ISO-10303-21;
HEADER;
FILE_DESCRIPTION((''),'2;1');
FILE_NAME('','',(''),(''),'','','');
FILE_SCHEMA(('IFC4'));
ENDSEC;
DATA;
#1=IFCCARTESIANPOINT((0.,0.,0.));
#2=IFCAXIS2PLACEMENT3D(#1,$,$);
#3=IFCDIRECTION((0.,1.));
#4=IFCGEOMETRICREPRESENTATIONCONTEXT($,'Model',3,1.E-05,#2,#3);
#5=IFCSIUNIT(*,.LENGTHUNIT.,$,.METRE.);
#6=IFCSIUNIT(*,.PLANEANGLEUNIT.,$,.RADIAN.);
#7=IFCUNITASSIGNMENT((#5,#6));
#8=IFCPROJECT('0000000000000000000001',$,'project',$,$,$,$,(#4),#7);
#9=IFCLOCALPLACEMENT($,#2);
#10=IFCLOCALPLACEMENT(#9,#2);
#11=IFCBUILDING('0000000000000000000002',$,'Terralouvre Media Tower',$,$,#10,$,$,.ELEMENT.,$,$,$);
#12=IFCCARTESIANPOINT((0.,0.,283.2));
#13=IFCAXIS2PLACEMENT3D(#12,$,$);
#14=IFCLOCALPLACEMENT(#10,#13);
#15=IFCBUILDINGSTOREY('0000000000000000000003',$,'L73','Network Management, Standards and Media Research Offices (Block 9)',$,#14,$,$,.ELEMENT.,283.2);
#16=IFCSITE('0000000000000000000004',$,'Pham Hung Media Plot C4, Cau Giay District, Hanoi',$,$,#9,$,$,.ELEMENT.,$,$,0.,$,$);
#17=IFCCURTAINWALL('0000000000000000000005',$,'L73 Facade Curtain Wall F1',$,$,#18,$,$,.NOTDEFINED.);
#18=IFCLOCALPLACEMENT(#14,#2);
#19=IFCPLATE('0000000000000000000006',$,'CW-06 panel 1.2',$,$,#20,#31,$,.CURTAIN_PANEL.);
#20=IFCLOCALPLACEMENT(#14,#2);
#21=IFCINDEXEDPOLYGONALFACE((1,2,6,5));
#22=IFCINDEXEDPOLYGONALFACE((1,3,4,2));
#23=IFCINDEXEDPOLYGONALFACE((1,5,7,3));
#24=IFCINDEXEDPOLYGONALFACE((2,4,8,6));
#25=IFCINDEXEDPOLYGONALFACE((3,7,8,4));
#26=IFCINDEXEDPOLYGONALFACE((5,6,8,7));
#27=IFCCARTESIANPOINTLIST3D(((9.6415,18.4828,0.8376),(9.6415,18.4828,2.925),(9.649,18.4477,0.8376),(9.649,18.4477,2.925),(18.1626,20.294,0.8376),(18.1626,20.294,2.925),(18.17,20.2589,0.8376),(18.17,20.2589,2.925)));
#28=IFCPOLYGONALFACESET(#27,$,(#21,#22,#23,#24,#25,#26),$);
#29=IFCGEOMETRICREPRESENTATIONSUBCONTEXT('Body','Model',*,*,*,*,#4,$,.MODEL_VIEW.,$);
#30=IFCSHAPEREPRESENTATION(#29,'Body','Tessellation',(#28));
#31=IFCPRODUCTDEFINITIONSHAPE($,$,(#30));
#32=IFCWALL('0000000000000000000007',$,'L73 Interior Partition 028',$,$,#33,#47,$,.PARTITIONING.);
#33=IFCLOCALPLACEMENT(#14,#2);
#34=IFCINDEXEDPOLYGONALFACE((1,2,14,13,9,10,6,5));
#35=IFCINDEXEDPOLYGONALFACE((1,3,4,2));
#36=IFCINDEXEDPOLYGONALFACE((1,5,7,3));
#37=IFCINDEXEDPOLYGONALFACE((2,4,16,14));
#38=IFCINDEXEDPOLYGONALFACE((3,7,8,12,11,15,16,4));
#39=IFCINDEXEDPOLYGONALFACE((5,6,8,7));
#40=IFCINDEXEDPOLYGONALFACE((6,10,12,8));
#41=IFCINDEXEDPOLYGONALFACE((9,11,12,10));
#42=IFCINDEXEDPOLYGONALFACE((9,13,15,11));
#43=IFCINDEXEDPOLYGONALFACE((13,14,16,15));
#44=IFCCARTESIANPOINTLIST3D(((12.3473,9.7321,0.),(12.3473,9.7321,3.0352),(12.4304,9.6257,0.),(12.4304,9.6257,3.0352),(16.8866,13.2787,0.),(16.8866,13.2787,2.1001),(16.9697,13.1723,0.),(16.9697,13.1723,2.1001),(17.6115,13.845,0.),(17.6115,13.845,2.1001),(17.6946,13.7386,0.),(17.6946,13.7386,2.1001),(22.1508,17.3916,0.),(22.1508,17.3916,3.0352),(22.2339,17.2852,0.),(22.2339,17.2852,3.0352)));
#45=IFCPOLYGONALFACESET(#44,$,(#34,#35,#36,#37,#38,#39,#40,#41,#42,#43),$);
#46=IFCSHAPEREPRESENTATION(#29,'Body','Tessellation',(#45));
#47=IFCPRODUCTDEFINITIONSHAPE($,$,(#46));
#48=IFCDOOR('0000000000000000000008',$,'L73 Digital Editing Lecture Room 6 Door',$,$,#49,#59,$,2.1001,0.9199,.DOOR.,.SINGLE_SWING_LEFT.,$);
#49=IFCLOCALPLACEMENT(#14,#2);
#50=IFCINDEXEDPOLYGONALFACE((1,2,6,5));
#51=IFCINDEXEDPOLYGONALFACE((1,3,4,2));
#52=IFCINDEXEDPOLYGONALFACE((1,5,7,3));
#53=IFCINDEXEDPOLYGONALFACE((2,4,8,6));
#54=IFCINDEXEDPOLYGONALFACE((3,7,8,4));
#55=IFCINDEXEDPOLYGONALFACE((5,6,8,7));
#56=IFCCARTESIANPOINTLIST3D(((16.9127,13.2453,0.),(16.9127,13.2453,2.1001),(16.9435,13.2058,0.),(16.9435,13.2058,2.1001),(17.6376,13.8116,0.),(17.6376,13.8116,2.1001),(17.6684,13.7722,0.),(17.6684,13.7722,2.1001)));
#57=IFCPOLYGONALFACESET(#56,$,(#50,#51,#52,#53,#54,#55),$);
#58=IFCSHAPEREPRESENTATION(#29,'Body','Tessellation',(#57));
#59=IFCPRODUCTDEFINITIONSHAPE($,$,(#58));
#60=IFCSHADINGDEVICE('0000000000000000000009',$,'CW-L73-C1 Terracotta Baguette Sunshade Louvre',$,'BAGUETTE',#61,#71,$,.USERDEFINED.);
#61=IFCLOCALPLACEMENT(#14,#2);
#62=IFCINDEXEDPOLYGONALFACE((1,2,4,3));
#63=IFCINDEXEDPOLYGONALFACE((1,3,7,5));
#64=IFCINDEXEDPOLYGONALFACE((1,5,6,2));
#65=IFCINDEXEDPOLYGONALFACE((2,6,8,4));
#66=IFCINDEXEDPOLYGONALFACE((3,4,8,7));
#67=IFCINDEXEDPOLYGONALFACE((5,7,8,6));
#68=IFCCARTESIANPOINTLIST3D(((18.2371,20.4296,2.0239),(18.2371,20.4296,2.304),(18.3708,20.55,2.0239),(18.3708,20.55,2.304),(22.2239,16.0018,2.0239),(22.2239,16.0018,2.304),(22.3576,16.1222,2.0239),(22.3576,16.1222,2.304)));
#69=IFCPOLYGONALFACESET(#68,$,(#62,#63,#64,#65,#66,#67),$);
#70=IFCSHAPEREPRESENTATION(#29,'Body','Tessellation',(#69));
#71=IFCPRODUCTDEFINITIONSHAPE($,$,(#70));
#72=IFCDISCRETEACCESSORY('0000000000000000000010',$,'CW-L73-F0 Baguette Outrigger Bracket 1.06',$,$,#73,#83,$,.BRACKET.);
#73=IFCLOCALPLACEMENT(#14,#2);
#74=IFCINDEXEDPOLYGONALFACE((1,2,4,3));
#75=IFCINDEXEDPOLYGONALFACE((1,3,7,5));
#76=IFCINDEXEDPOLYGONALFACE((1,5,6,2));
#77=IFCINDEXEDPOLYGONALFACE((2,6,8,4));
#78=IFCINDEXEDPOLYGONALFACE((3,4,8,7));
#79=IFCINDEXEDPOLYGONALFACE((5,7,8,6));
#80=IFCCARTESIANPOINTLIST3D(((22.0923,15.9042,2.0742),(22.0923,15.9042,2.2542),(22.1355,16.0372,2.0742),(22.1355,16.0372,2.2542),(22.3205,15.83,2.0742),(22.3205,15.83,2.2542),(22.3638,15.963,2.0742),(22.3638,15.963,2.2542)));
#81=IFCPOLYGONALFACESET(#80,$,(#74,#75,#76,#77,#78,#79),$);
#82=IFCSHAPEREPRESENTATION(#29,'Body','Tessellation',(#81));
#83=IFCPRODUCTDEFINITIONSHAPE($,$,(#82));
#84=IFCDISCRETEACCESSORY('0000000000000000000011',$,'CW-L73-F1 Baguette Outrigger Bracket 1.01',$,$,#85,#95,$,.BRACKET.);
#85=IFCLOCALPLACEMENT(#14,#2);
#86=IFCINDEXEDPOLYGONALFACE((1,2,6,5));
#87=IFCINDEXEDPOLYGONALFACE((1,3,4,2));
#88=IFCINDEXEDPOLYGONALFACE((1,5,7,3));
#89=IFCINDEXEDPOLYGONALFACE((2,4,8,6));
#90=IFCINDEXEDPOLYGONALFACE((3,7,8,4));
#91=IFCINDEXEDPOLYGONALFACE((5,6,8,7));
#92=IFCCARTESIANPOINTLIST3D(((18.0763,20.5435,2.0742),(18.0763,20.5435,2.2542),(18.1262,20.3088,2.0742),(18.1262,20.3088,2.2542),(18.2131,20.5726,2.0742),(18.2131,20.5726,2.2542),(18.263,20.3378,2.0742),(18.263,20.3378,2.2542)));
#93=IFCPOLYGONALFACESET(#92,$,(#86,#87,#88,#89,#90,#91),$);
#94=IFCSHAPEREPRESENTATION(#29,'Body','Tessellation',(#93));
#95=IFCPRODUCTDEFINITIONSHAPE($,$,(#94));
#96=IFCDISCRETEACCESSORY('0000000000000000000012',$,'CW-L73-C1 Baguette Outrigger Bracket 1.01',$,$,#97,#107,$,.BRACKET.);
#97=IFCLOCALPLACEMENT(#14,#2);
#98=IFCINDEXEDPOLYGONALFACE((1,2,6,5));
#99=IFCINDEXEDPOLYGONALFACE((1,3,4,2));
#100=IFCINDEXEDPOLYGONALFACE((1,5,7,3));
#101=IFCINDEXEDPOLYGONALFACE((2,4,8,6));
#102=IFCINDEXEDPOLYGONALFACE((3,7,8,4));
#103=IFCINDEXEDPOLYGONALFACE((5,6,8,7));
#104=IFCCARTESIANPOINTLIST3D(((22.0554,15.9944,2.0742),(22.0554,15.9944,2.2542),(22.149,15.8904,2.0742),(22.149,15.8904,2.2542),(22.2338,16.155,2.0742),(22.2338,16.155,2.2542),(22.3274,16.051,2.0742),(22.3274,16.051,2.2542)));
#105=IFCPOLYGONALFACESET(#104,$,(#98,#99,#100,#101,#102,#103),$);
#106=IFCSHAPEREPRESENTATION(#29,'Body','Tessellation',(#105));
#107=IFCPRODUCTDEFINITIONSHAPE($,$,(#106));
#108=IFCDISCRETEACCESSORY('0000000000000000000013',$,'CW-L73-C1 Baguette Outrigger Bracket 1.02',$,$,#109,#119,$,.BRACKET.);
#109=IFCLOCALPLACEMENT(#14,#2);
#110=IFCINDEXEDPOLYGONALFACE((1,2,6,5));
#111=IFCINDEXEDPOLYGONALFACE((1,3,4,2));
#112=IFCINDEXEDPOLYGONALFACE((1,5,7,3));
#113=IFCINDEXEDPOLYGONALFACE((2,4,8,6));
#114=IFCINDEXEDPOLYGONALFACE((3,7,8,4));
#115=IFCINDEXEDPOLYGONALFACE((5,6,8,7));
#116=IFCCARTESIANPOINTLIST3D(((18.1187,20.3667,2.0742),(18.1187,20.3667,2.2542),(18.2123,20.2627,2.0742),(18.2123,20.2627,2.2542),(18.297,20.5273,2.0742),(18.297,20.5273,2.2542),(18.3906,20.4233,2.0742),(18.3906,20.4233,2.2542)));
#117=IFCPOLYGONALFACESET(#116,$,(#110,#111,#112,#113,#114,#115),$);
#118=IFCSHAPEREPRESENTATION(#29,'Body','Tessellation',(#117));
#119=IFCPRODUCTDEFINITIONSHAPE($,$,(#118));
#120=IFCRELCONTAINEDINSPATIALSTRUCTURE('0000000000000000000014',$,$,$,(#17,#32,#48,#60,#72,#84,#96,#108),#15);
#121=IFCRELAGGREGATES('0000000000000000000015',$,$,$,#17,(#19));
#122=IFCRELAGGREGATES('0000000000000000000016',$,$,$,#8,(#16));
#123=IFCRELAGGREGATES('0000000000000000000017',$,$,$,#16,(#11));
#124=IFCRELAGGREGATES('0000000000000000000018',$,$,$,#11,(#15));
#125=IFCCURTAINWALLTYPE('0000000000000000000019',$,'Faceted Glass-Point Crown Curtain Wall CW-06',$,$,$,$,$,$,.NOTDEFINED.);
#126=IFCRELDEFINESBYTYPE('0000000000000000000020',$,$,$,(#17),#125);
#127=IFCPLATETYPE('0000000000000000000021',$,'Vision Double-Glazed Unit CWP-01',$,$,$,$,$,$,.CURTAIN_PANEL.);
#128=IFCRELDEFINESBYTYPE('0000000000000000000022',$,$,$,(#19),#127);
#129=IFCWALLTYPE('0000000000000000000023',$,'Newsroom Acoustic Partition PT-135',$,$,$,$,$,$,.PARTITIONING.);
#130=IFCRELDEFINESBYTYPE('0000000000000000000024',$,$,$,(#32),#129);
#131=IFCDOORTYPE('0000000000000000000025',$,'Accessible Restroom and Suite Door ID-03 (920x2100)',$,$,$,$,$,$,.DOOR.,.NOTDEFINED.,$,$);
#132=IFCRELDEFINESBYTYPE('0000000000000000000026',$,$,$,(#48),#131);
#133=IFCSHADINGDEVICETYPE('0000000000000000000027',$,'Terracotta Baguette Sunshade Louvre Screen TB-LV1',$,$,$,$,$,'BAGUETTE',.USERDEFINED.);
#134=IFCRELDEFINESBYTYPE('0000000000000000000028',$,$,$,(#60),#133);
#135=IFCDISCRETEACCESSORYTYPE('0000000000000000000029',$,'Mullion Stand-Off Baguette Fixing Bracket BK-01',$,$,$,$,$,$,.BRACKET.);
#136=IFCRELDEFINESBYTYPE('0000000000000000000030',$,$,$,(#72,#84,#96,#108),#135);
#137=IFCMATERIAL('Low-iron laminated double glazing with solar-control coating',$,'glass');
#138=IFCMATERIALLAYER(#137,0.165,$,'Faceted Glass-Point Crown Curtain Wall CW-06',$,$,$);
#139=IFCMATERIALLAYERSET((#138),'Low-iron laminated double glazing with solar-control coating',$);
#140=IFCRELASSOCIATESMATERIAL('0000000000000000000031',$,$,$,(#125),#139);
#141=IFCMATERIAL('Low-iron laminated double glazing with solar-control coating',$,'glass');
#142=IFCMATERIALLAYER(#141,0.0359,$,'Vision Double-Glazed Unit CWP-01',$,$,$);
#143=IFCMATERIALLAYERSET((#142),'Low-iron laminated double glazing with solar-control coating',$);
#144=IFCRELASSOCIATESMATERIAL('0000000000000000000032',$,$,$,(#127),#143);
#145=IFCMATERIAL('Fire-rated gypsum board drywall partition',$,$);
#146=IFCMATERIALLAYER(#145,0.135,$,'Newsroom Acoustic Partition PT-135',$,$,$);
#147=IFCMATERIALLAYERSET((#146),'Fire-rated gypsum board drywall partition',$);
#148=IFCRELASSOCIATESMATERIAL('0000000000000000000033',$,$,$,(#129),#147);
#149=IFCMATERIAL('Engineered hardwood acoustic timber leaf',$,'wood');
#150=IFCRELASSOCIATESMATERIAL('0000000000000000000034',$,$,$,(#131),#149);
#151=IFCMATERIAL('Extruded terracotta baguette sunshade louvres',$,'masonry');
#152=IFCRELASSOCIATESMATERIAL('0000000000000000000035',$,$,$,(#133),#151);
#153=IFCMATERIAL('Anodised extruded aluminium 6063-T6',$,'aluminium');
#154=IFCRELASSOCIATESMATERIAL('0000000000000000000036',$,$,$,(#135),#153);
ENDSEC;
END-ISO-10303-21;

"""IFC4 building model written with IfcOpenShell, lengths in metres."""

from ifc_helpers import new_model, si_unit, direction, frame, frame_2d, origin, origin_2d, place, context, subcontext, project, spatial, rectangle, extrude, material, layer, layer_set, type_object, element, fill, aggregate, save


model = new_model("IFC4")

# Units and contexts
model_context = context("Model", 3, precision=1e-05, world=origin(), true_north=direction((0.0, 1.0)))
body_context = subcontext(model_context, "Body", "Model", "MODEL_VIEW")
ifc_project = project(units=[si_unit("LENGTHUNIT", "METRE"), si_unit("PLANEANGLEUNIT", "RADIAN")], contexts=[model_context])

# Site, building, storey
site_placement = place(None, origin())
site = spatial("IfcSite", under=ifc_project, at=site_placement, Name="Pham Hung Media Plot C4, Cau Giay District, Hanoi", CompositionType="ELEMENT", RefElevation=0.0)
building_placement = place(site_placement, origin())
building = spatial("IfcBuilding", under=site, at=building_placement, Name="Terralouvre Media Tower", CompositionType="ELEMENT")
storey_placement = place(building_placement, frame((0.0, 0.0, 283.2)))
storey = spatial("IfcBuildingStorey", under=building, at=storey_placement, Name="L73", Description="Network Management, Standards and Media Research Offices (Block 9)", CompositionType="ELEMENT", Elevation=283.2)

# Curtain wall
ifc_material_1 = material(Name="Low-iron laminated double glazing with solar-control coating", Category="glass")
ifc_layer_1 = layer(ifc_material_1, 0.165, Name="Faceted Glass-Point Crown Curtain Wall CW-06")
ifc_layer_set_1 = layer_set([ifc_layer_1], Name="Low-iron laminated double glazing with solar-control coating")
curtain_wall_type_1 = type_object("IfcCurtainWallType", Name="Faceted Glass-Point Crown Curtain Wall CW-06", PredefinedType="NOTDEFINED", material=ifc_layer_set_1)
curtain_wall_1_placement = place(storey_placement, origin())
curtain_wall_1 = element("IfcCurtainWall", 1, at=curtain_wall_1_placement, inside=storey, type_object=curtain_wall_type_1, Name="L73 Facade Curtain Wall F1", PredefinedType="NOTDEFINED")

# Plate
ifc_material_2 = material(Name="Low-iron laminated double glazing with solar-control coating", Category="glass")
ifc_layer_2 = layer(ifc_material_2, 0.0359, Name="Vision Double-Glazed Unit CWP-01")
ifc_layer_set_2 = layer_set([ifc_layer_2], Name="Low-iron laminated double glazing with solar-control coating")
plate_type_1 = type_object("IfcPlateType", Name="Vision Double-Glazed Unit CWP-01", PredefinedType="CURTAIN_PANEL", material=ifc_layer_set_2)
plate_1_placement = place(storey_placement, frame((13.9058, 19.3708, 0.8376), z_axis=(0.0, 0.0, 1.0), x_axis=(-0.978148, -0.207912, 0.0)))
plate_1 = element("IfcPlate", 2, at=plate_1_placement, type_object=plate_type_1, Name="CW-06 panel 1.2", PredefinedType="CURTAIN_PANEL", context=body_context, shape_type="SweptSolid", body=[
    extrude(rectangle(XDim=8.7114, YDim=0.0359, at=origin_2d()), origin(), (0.0, 0.0, 1.0), 2.0874),
])
aggregate(curtain_wall_1, [plate_1])

# Wall, opening, door
ifc_material_3 = material(Name="Fire-rated gypsum board drywall partition")
ifc_layer_3 = layer(ifc_material_3, 0.135, Name="Newsroom Acoustic Partition PT-135")
ifc_layer_set_3 = layer_set([ifc_layer_3], Name="Fire-rated gypsum board drywall partition")
wall_type = type_object("IfcWallType", Name="Newsroom Acoustic Partition PT-135", PredefinedType="PARTITIONING", material=ifc_layer_set_3)
wall_placement = place(storey_placement, frame((22.1924, 17.3384, 0.0), z_axis=(0.0, 0.0, 1.0), x_axis=(-0.788006, -0.615667, 0.0)))
wall = element("IfcWall", 3, at=wall_placement, inside=storey, type_object=wall_type, Name="L73 Interior Partition 028", PredefinedType="PARTITIONING", context=body_context, shape_type="SweptSolid", body=[
    extrude(rectangle(XDim=12.4409, YDim=0.135, at=frame_2d((6.2205, 0.0))), origin(), (0.0, 0.0, 1.0), 3.0352),
])
opening_placement = place(wall_placement, frame((5.7605, 0.0, 0.0)))
opening = element("IfcOpeningElement", 4, at=opening_placement, cuts=wall, PredefinedType="OPENING", context=body_context, shape_type="SweptSolid", body=[
    extrude(rectangle(XDim=0.9199, YDim=2.1001, at=frame_2d((0.46, 1.05))), frame((0.0, 0.0774, 0.0), z_axis=(0.0, -1.0, 0.0), x_axis=(1.0, 0.0, 0.0)), (0.0, 0.0, 1.0), 0.155),
])
ifc_material_4 = material(Name="Engineered hardwood acoustic timber leaf", Category="wood")
door_type = type_object("IfcDoorType", Name="Accessible Restroom and Suite Door ID-03 (920x2100)", OperationType="NOTDEFINED", PredefinedType="DOOR", material=ifc_material_4)
door_placement = place(opening_placement, origin())
door = element("IfcDoor", 5, at=door_placement, inside=storey, type_object=door_type, Name="L73 Digital Editing Lecture Room 6 Door", OperationType="SINGLE_SWING_LEFT", OverallHeight=2.1001, OverallWidth=0.9199, PredefinedType="DOOR", context=body_context, shape_type="SweptSolid", body=[
    extrude(rectangle(XDim=0.9199, YDim=2.1001, at=frame_2d((0.46, 1.05))), frame((0.0, 0.0249, 0.0), z_axis=(0.0, -1.0, 0.0), x_axis=(1.0, 0.0, 0.0)), (0.0, 0.0, 1.0), 0.05),
])
fill(opening, door)

# Shading device
ifc_material_5 = material(Name="Extruded terracotta baguette sunshade louvres", Category="masonry")
shading_device_type = type_object("IfcShadingDeviceType", Name="Terracotta Baguette Sunshade Louvre Screen TB-LV1", ElementType="BAGUETTE", PredefinedType="USERDEFINED", material=ifc_material_5)
shading_device_placement = place(storey_placement, frame((20.2974, 18.2759, 2.0239), z_axis=(0.0, 0.0, 1.0), x_axis=(-0.66913, 0.743145, 0.0)))
element("IfcShadingDevice", 6, at=shading_device_placement, inside=storey, type_object=shading_device_type, Name="CW-L73-C1 Terracotta Baguette Sunshade Louvre", ObjectType="BAGUETTE", PredefinedType="USERDEFINED", context=body_context, shape_type="SweptSolid", body=[
    extrude(rectangle(XDim=5.9583, YDim=0.1799, at=origin_2d()), origin(), (0.0, 0.0, 1.0), 0.28),
])

# Discrete accessories
ifc_material_6 = material(Name="Anodised extruded aluminium 6063-T6", Category="aluminium")
discrete_accessory_type = type_object("IfcDiscreteAccessoryType", Name="Mullion Stand-Off Baguette Fixing Bracket BK-01", PredefinedType="BRACKET", material=ifc_material_6)
for number, where, z_axis, x_axis, name in (
    (7, (22.228, 15.9336, 2.0742), (0.0, 0.0, 1.0), (0.309017, 0.951057, 0.0), "CW-L73-F0 Baguette Outrigger Bracket 1.06"),
    (8, (18.1697, 20.4407, 2.0742), (0.0, 0.0, 1.0), (-0.978148, -0.207912, 0.0), "CW-L73-F1 Baguette Outrigger Bracket 1.01"),
    (9, (22.1914, 16.0227, 2.0742), (0.0, 0.0, 1.0), (-0.66913, 0.743145, 0.0), "CW-L73-C1 Baguette Outrigger Bracket 1.01"),
    (10, (18.2546, 20.395, 2.0742), (0.0, 0.0, 1.0), (-0.66913, 0.743145, 0.0), "CW-L73-C1 Baguette Outrigger Bracket 1.02"),
):
    element("IfcDiscreteAccessory", number, at=place(storey_placement, frame(where, z_axis=z_axis, x_axis=x_axis)), inside=storey, type_object=discrete_accessory_type, Name=name, PredefinedType="BRACKET", context=body_context, shape_type="SweptSolid", body=[
        extrude(rectangle(XDim=0.1399, YDim=0.24, at=origin_2d()), origin(), (0.0, 0.0, 1.0), 0.1799),
    ])

save(model, "model.ifc")
